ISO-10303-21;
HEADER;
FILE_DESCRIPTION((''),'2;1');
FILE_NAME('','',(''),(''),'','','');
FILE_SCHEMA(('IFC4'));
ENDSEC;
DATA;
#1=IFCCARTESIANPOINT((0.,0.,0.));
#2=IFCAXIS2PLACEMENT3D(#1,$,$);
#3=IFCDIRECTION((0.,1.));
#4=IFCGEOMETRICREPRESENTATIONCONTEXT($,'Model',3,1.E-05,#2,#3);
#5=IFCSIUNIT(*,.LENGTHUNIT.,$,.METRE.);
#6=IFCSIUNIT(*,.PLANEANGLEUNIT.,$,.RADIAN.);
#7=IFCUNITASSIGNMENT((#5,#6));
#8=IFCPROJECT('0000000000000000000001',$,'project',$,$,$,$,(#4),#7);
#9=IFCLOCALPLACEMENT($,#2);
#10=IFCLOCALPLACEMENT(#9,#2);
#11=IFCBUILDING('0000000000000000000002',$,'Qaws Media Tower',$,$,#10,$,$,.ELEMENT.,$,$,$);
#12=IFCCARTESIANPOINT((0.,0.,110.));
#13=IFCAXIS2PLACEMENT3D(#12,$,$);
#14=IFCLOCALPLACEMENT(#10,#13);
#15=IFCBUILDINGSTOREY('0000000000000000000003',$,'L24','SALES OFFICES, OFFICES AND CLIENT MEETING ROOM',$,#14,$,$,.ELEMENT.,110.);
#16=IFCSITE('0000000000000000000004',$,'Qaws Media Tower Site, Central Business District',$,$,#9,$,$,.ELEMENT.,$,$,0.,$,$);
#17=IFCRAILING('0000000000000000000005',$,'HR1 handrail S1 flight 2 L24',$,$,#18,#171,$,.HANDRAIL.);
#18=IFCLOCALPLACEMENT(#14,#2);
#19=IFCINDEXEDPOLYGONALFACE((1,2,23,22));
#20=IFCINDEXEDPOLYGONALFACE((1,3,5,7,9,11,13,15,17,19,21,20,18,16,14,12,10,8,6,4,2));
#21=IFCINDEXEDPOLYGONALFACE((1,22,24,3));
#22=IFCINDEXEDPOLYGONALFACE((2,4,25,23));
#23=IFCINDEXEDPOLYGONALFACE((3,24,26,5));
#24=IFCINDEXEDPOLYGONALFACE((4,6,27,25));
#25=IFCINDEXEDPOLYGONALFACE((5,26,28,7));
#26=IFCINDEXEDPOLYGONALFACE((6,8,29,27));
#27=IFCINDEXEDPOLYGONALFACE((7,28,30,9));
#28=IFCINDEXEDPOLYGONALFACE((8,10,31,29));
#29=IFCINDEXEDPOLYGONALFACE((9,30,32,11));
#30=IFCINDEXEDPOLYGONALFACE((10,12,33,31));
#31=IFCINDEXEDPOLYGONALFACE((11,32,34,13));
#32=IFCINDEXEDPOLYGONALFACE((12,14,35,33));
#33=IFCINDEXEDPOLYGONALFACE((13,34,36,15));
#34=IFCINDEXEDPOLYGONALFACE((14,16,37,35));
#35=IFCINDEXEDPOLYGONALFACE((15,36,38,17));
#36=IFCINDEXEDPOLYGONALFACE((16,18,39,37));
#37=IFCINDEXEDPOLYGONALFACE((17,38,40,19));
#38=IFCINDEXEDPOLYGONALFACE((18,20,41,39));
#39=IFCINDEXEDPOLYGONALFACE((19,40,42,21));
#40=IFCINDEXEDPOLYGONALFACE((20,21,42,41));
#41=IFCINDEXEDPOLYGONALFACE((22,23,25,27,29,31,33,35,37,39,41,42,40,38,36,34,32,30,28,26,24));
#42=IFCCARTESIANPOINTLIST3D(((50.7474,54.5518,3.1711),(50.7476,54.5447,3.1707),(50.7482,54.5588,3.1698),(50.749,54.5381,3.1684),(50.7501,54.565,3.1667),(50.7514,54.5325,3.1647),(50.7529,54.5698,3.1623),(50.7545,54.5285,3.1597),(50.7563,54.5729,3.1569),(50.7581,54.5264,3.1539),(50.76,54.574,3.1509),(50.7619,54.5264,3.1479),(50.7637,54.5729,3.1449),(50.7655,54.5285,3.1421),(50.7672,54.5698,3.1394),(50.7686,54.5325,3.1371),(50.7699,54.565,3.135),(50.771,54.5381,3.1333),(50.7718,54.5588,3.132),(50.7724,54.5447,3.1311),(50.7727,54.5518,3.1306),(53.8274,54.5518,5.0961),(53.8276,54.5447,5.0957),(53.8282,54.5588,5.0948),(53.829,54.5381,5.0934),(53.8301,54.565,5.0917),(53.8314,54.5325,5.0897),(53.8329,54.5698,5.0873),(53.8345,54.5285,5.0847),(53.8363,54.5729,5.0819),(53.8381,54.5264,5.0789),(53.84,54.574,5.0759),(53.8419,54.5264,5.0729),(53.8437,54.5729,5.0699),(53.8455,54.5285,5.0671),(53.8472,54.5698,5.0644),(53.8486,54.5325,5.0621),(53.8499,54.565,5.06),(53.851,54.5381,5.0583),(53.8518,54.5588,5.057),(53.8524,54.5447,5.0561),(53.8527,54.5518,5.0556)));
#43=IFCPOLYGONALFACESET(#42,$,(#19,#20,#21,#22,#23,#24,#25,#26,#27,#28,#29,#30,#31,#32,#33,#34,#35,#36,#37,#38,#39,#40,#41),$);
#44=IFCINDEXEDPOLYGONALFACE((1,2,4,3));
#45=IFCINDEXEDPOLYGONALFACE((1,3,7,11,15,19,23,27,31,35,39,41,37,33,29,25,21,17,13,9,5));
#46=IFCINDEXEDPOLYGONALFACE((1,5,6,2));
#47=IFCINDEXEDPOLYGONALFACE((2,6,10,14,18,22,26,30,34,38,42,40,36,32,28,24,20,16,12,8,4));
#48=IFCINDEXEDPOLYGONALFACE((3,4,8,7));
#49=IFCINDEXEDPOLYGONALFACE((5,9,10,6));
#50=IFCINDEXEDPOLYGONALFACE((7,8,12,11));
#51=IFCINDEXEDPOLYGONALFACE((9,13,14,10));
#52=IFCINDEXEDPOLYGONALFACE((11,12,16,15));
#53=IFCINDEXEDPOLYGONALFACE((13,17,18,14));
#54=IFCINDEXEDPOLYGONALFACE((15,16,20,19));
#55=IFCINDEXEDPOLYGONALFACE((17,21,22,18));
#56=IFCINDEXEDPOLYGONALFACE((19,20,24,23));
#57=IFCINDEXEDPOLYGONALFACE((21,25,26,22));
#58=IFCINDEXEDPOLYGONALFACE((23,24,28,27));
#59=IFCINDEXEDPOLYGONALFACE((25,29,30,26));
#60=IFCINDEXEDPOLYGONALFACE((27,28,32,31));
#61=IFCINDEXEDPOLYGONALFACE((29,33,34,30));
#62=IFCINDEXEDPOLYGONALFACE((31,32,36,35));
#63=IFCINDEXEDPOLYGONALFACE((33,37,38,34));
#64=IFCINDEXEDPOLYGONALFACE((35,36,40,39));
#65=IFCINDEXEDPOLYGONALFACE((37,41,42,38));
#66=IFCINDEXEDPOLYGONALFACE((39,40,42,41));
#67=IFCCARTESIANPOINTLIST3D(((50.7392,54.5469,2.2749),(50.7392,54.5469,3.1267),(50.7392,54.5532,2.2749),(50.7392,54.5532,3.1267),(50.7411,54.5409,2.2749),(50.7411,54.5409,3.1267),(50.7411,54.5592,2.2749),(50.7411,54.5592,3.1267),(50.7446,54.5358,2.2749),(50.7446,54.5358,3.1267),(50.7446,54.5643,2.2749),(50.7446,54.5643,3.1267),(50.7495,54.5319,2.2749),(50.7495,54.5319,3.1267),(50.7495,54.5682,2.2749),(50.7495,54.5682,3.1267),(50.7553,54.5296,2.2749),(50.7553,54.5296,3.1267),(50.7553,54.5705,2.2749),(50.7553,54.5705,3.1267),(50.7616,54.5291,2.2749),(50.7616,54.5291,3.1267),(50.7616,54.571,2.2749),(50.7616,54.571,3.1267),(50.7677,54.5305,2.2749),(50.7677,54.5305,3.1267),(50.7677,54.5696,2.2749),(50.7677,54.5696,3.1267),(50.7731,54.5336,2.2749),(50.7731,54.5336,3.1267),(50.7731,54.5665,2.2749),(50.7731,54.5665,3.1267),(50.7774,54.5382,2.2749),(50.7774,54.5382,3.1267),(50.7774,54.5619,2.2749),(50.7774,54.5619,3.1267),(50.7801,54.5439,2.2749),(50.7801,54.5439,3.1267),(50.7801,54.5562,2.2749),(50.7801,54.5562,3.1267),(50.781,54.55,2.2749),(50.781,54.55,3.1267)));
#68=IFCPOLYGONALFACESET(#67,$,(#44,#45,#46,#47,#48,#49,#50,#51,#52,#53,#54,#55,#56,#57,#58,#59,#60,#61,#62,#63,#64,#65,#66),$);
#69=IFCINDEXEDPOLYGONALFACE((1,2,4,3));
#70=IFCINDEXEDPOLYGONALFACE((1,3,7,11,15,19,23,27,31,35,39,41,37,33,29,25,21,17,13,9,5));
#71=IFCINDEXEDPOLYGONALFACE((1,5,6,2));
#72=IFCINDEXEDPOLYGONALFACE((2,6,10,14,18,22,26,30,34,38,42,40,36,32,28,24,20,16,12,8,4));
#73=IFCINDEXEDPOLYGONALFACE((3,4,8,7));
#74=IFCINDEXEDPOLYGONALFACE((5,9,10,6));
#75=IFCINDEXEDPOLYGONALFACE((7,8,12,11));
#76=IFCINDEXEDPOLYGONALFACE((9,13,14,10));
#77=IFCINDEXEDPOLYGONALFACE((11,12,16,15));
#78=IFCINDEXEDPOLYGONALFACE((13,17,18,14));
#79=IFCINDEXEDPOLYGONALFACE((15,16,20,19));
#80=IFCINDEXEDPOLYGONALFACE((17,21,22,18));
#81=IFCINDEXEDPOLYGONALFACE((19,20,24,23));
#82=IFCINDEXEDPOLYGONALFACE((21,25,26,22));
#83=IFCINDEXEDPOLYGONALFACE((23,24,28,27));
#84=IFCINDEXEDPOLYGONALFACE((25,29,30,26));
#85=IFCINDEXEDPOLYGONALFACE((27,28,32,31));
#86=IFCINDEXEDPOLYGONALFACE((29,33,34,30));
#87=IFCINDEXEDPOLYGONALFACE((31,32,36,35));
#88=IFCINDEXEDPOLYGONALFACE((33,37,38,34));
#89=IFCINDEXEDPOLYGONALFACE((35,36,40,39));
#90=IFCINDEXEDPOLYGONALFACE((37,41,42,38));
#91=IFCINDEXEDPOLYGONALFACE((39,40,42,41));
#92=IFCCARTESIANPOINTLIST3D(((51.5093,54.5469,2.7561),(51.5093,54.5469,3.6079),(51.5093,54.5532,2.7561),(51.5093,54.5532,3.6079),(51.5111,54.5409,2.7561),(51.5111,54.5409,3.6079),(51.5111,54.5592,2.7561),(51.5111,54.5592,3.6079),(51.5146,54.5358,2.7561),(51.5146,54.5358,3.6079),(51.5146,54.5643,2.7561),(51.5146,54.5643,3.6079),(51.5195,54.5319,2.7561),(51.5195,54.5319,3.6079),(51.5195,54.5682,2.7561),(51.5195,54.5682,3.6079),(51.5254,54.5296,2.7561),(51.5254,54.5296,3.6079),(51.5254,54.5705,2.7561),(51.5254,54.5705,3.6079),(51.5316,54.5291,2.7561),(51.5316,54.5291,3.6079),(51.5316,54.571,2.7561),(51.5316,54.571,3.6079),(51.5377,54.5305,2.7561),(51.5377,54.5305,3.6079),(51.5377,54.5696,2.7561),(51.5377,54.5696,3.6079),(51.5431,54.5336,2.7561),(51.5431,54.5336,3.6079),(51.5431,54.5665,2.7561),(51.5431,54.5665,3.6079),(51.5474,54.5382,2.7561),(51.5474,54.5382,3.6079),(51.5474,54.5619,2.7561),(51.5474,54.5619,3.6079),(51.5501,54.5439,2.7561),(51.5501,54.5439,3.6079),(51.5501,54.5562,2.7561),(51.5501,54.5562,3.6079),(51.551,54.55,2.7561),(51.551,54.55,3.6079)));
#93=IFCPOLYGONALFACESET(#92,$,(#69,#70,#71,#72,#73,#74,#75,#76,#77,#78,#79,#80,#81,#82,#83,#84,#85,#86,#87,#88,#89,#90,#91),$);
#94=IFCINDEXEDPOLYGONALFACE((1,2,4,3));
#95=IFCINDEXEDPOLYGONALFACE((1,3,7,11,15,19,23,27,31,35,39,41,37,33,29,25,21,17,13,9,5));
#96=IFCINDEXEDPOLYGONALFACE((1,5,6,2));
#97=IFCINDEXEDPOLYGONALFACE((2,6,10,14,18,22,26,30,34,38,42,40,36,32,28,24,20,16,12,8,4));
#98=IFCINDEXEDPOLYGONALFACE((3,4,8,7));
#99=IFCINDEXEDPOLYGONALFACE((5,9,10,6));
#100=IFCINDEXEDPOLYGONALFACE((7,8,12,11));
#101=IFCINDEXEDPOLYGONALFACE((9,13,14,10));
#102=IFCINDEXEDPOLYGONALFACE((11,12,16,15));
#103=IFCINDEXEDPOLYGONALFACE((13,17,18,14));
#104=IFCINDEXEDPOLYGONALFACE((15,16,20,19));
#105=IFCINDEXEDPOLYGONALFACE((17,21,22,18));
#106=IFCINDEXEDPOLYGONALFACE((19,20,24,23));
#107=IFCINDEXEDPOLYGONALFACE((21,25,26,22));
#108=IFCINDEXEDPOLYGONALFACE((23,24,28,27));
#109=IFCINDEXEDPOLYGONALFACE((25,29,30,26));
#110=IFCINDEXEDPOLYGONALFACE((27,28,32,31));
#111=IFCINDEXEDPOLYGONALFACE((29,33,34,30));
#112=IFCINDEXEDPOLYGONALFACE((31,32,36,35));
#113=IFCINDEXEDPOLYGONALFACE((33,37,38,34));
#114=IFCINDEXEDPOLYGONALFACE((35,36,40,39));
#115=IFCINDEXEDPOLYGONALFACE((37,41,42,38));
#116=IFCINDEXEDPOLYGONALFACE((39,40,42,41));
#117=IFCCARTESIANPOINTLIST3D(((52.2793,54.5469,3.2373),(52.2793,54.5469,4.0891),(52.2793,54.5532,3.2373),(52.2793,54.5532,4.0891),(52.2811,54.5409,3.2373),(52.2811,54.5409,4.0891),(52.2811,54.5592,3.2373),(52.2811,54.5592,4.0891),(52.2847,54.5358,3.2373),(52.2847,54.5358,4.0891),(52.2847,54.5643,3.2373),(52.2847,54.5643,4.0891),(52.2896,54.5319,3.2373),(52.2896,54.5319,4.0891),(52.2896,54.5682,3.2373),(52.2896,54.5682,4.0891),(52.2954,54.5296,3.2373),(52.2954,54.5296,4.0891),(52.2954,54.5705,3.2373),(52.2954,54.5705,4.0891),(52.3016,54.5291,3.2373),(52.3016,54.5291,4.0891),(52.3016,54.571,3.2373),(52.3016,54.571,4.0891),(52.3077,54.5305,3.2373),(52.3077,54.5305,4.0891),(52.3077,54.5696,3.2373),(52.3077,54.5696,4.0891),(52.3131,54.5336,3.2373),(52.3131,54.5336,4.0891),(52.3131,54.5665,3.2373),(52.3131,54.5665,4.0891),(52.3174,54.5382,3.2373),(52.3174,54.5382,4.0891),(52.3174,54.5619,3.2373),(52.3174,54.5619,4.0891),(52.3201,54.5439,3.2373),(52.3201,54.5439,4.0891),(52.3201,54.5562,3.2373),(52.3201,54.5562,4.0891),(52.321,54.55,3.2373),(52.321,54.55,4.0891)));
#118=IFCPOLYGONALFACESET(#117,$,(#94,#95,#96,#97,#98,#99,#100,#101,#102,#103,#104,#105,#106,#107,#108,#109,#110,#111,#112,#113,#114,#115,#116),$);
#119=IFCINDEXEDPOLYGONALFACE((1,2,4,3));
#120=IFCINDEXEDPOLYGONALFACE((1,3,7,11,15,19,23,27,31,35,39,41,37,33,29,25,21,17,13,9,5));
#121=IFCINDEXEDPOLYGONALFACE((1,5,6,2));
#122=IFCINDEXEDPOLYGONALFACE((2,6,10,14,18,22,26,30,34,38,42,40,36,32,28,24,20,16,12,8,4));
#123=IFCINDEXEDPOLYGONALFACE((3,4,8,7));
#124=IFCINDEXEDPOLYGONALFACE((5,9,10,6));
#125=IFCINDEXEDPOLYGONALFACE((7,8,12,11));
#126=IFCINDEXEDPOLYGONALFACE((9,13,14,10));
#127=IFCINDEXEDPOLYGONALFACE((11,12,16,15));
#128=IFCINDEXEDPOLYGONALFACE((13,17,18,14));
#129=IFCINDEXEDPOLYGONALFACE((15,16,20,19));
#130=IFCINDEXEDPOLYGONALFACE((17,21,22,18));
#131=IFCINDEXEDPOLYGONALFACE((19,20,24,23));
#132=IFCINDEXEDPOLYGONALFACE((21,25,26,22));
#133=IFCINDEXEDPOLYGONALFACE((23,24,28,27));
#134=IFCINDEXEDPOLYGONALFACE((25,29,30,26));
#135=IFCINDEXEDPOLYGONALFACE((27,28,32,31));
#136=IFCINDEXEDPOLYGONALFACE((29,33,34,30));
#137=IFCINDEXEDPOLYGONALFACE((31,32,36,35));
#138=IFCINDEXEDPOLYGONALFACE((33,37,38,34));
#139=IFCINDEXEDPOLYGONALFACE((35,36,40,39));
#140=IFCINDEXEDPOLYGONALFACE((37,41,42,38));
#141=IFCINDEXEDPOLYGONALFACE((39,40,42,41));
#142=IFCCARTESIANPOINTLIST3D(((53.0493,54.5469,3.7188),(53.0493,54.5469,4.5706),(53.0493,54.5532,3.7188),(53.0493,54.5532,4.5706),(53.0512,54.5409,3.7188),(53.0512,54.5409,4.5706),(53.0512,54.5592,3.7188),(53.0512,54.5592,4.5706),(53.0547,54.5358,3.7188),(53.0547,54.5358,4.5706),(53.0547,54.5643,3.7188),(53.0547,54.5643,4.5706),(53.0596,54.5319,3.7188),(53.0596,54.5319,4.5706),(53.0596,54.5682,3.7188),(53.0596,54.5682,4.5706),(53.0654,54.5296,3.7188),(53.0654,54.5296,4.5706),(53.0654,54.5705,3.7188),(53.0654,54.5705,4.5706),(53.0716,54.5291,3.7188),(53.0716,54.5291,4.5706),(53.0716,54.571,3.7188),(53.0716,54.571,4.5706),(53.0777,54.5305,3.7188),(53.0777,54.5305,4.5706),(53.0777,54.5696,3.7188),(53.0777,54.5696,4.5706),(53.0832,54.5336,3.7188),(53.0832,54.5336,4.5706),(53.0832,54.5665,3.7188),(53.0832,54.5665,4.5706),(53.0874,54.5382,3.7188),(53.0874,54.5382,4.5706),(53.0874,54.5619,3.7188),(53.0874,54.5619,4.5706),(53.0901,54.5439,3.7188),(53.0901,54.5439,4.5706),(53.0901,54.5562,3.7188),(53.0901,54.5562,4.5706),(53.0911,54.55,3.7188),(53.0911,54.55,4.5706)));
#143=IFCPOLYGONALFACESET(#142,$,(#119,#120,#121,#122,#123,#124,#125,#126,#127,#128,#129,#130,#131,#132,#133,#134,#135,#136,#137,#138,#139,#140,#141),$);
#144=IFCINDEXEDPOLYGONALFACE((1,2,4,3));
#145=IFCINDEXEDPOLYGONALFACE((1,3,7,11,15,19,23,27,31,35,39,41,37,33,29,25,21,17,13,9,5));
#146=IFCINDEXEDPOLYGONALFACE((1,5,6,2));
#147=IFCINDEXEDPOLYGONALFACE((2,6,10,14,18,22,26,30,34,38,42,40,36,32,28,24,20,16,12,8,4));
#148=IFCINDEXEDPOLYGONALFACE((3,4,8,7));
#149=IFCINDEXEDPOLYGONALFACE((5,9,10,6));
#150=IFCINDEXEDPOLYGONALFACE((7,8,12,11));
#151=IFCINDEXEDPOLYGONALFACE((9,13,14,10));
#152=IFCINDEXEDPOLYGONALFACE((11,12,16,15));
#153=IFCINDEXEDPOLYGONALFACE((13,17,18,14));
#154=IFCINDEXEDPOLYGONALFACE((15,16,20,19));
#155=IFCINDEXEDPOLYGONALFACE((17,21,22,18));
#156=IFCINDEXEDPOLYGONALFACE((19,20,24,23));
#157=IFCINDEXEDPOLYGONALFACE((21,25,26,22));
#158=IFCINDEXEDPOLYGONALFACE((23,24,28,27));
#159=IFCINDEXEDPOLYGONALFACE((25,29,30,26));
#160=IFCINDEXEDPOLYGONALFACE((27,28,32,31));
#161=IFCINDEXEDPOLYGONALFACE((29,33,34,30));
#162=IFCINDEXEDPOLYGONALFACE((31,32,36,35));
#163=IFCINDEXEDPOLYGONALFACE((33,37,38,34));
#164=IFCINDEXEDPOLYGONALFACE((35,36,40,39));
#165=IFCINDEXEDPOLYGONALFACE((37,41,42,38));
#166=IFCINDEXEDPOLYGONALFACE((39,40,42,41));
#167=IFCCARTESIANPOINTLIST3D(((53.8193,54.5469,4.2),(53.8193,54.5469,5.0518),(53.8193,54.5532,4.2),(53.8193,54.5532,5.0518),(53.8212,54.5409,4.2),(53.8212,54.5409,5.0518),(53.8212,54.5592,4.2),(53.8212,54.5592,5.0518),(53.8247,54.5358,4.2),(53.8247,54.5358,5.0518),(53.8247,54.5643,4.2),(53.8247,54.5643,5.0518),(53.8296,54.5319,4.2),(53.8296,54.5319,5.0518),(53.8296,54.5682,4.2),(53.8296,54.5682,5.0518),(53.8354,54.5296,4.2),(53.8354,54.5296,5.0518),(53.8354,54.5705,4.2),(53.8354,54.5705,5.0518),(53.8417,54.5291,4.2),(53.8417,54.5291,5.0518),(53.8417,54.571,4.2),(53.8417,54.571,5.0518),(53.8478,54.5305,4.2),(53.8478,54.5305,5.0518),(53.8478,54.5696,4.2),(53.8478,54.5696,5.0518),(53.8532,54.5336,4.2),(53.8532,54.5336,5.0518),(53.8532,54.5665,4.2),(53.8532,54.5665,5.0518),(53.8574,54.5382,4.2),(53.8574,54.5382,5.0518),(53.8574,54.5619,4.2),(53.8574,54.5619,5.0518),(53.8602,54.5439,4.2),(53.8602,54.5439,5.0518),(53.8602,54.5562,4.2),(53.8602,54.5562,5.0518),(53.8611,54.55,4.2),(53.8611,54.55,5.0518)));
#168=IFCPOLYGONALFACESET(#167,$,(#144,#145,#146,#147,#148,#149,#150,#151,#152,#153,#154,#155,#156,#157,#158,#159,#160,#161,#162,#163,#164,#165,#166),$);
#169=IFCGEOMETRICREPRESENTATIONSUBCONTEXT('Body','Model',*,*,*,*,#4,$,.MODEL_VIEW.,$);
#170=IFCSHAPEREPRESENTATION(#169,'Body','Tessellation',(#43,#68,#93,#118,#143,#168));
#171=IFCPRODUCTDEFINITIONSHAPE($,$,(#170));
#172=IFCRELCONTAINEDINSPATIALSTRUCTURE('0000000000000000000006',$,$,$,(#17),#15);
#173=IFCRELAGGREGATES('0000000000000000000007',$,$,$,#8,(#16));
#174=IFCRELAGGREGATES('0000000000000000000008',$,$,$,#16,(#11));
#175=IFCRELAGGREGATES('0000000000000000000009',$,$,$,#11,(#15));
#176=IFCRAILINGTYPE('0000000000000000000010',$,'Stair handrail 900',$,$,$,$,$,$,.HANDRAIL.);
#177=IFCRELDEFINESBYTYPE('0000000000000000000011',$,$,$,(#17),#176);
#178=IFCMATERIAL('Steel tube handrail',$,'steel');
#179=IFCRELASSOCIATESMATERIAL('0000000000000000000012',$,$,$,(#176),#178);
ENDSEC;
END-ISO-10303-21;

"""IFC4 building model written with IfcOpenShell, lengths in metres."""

from ifc_helpers import new_model, si_unit, direction, frame, origin, origin_2d, place, context, subcontext, project, spatial, circle, extrude, material, type_object, element, save


model = new_model("IFC4")

# Units and contexts
model_context = context("Model", 3, precision=1e-05, world=origin(), true_north=direction((0.0, 1.0)))
body_context = subcontext(model_context, "Body", "Model", "MODEL_VIEW")
ifc_project = project(units=[si_unit("LENGTHUNIT", "METRE"), si_unit("PLANEANGLEUNIT", "RADIAN")], contexts=[model_context])

# Site, building, storey
site_placement = place(None, origin())
site = spatial("IfcSite", under=ifc_project, at=site_placement, Name="Qaws Media Tower Site, Central Business District", CompositionType="ELEMENT", RefElevation=0.0)
building_placement = place(site_placement, origin())
building = spatial("IfcBuilding", under=site, at=building_placement, Name="Qaws Media Tower", CompositionType="ELEMENT")
storey_placement = place(building_placement, frame((0.0, 0.0, 110.0)))
storey = spatial("IfcBuildingStorey", under=building, at=storey_placement, Name="L24", Description="SALES OFFICES, OFFICES AND CLIENT MEETING ROOM", CompositionType="ELEMENT", Elevation=110.0)

# Railing
ifc_material_1 = material(Name="Steel tube handrail", Category="steel")
railing_type = type_object("IfcRailingType", Name="Stair handrail 900", PredefinedType="HANDRAIL", material=ifc_material_1)
for number, where, name in (
    (1, (50.76, 54.55, 2.2749), "HR1 handrail S1 flight 2 L24"),
):
    element("IfcRailing", number, at=place(storey_placement, frame(where)), inside=storey, type_object=railing_type, Name=name, PredefinedType="HANDRAIL", context=body_context, shape_type="SweptSolid", body=[
        extrude(circle(Radius=0.0239, at=origin_2d()), frame((0.0, 0.0, 0.876), z_axis=(0.847998, 0.0, 0.529999), x_axis=(0.0, 1.0, 0.0)), (0.0, 0.0, 1.0), 3.6321),
        extrude(circle(Radius=0.021, at=origin_2d()), origin(), (0.0, 0.0, 1.0), 0.8518),
        extrude(circle(Radius=0.021, at=origin_2d()), frame((0.77, 0.0, 0.4812)), (0.0, 0.0, 1.0), 0.8518),
        extrude(circle(Radius=0.021, at=origin_2d()), frame((1.54, 0.0, 0.9624)), (0.0, 0.0, 1.0), 0.8518),
        extrude(circle(Radius=0.021, at=origin_2d()), frame((2.3101, 0.0, 1.4438)), (0.0, 0.0, 1.0), 0.8518),
        extrude(circle(Radius=0.021, at=origin_2d()), frame((3.0801, 0.0, 1.925)), (0.0, 0.0, 1.0), 0.8518),
    ])

save(model, "model.ifc")
